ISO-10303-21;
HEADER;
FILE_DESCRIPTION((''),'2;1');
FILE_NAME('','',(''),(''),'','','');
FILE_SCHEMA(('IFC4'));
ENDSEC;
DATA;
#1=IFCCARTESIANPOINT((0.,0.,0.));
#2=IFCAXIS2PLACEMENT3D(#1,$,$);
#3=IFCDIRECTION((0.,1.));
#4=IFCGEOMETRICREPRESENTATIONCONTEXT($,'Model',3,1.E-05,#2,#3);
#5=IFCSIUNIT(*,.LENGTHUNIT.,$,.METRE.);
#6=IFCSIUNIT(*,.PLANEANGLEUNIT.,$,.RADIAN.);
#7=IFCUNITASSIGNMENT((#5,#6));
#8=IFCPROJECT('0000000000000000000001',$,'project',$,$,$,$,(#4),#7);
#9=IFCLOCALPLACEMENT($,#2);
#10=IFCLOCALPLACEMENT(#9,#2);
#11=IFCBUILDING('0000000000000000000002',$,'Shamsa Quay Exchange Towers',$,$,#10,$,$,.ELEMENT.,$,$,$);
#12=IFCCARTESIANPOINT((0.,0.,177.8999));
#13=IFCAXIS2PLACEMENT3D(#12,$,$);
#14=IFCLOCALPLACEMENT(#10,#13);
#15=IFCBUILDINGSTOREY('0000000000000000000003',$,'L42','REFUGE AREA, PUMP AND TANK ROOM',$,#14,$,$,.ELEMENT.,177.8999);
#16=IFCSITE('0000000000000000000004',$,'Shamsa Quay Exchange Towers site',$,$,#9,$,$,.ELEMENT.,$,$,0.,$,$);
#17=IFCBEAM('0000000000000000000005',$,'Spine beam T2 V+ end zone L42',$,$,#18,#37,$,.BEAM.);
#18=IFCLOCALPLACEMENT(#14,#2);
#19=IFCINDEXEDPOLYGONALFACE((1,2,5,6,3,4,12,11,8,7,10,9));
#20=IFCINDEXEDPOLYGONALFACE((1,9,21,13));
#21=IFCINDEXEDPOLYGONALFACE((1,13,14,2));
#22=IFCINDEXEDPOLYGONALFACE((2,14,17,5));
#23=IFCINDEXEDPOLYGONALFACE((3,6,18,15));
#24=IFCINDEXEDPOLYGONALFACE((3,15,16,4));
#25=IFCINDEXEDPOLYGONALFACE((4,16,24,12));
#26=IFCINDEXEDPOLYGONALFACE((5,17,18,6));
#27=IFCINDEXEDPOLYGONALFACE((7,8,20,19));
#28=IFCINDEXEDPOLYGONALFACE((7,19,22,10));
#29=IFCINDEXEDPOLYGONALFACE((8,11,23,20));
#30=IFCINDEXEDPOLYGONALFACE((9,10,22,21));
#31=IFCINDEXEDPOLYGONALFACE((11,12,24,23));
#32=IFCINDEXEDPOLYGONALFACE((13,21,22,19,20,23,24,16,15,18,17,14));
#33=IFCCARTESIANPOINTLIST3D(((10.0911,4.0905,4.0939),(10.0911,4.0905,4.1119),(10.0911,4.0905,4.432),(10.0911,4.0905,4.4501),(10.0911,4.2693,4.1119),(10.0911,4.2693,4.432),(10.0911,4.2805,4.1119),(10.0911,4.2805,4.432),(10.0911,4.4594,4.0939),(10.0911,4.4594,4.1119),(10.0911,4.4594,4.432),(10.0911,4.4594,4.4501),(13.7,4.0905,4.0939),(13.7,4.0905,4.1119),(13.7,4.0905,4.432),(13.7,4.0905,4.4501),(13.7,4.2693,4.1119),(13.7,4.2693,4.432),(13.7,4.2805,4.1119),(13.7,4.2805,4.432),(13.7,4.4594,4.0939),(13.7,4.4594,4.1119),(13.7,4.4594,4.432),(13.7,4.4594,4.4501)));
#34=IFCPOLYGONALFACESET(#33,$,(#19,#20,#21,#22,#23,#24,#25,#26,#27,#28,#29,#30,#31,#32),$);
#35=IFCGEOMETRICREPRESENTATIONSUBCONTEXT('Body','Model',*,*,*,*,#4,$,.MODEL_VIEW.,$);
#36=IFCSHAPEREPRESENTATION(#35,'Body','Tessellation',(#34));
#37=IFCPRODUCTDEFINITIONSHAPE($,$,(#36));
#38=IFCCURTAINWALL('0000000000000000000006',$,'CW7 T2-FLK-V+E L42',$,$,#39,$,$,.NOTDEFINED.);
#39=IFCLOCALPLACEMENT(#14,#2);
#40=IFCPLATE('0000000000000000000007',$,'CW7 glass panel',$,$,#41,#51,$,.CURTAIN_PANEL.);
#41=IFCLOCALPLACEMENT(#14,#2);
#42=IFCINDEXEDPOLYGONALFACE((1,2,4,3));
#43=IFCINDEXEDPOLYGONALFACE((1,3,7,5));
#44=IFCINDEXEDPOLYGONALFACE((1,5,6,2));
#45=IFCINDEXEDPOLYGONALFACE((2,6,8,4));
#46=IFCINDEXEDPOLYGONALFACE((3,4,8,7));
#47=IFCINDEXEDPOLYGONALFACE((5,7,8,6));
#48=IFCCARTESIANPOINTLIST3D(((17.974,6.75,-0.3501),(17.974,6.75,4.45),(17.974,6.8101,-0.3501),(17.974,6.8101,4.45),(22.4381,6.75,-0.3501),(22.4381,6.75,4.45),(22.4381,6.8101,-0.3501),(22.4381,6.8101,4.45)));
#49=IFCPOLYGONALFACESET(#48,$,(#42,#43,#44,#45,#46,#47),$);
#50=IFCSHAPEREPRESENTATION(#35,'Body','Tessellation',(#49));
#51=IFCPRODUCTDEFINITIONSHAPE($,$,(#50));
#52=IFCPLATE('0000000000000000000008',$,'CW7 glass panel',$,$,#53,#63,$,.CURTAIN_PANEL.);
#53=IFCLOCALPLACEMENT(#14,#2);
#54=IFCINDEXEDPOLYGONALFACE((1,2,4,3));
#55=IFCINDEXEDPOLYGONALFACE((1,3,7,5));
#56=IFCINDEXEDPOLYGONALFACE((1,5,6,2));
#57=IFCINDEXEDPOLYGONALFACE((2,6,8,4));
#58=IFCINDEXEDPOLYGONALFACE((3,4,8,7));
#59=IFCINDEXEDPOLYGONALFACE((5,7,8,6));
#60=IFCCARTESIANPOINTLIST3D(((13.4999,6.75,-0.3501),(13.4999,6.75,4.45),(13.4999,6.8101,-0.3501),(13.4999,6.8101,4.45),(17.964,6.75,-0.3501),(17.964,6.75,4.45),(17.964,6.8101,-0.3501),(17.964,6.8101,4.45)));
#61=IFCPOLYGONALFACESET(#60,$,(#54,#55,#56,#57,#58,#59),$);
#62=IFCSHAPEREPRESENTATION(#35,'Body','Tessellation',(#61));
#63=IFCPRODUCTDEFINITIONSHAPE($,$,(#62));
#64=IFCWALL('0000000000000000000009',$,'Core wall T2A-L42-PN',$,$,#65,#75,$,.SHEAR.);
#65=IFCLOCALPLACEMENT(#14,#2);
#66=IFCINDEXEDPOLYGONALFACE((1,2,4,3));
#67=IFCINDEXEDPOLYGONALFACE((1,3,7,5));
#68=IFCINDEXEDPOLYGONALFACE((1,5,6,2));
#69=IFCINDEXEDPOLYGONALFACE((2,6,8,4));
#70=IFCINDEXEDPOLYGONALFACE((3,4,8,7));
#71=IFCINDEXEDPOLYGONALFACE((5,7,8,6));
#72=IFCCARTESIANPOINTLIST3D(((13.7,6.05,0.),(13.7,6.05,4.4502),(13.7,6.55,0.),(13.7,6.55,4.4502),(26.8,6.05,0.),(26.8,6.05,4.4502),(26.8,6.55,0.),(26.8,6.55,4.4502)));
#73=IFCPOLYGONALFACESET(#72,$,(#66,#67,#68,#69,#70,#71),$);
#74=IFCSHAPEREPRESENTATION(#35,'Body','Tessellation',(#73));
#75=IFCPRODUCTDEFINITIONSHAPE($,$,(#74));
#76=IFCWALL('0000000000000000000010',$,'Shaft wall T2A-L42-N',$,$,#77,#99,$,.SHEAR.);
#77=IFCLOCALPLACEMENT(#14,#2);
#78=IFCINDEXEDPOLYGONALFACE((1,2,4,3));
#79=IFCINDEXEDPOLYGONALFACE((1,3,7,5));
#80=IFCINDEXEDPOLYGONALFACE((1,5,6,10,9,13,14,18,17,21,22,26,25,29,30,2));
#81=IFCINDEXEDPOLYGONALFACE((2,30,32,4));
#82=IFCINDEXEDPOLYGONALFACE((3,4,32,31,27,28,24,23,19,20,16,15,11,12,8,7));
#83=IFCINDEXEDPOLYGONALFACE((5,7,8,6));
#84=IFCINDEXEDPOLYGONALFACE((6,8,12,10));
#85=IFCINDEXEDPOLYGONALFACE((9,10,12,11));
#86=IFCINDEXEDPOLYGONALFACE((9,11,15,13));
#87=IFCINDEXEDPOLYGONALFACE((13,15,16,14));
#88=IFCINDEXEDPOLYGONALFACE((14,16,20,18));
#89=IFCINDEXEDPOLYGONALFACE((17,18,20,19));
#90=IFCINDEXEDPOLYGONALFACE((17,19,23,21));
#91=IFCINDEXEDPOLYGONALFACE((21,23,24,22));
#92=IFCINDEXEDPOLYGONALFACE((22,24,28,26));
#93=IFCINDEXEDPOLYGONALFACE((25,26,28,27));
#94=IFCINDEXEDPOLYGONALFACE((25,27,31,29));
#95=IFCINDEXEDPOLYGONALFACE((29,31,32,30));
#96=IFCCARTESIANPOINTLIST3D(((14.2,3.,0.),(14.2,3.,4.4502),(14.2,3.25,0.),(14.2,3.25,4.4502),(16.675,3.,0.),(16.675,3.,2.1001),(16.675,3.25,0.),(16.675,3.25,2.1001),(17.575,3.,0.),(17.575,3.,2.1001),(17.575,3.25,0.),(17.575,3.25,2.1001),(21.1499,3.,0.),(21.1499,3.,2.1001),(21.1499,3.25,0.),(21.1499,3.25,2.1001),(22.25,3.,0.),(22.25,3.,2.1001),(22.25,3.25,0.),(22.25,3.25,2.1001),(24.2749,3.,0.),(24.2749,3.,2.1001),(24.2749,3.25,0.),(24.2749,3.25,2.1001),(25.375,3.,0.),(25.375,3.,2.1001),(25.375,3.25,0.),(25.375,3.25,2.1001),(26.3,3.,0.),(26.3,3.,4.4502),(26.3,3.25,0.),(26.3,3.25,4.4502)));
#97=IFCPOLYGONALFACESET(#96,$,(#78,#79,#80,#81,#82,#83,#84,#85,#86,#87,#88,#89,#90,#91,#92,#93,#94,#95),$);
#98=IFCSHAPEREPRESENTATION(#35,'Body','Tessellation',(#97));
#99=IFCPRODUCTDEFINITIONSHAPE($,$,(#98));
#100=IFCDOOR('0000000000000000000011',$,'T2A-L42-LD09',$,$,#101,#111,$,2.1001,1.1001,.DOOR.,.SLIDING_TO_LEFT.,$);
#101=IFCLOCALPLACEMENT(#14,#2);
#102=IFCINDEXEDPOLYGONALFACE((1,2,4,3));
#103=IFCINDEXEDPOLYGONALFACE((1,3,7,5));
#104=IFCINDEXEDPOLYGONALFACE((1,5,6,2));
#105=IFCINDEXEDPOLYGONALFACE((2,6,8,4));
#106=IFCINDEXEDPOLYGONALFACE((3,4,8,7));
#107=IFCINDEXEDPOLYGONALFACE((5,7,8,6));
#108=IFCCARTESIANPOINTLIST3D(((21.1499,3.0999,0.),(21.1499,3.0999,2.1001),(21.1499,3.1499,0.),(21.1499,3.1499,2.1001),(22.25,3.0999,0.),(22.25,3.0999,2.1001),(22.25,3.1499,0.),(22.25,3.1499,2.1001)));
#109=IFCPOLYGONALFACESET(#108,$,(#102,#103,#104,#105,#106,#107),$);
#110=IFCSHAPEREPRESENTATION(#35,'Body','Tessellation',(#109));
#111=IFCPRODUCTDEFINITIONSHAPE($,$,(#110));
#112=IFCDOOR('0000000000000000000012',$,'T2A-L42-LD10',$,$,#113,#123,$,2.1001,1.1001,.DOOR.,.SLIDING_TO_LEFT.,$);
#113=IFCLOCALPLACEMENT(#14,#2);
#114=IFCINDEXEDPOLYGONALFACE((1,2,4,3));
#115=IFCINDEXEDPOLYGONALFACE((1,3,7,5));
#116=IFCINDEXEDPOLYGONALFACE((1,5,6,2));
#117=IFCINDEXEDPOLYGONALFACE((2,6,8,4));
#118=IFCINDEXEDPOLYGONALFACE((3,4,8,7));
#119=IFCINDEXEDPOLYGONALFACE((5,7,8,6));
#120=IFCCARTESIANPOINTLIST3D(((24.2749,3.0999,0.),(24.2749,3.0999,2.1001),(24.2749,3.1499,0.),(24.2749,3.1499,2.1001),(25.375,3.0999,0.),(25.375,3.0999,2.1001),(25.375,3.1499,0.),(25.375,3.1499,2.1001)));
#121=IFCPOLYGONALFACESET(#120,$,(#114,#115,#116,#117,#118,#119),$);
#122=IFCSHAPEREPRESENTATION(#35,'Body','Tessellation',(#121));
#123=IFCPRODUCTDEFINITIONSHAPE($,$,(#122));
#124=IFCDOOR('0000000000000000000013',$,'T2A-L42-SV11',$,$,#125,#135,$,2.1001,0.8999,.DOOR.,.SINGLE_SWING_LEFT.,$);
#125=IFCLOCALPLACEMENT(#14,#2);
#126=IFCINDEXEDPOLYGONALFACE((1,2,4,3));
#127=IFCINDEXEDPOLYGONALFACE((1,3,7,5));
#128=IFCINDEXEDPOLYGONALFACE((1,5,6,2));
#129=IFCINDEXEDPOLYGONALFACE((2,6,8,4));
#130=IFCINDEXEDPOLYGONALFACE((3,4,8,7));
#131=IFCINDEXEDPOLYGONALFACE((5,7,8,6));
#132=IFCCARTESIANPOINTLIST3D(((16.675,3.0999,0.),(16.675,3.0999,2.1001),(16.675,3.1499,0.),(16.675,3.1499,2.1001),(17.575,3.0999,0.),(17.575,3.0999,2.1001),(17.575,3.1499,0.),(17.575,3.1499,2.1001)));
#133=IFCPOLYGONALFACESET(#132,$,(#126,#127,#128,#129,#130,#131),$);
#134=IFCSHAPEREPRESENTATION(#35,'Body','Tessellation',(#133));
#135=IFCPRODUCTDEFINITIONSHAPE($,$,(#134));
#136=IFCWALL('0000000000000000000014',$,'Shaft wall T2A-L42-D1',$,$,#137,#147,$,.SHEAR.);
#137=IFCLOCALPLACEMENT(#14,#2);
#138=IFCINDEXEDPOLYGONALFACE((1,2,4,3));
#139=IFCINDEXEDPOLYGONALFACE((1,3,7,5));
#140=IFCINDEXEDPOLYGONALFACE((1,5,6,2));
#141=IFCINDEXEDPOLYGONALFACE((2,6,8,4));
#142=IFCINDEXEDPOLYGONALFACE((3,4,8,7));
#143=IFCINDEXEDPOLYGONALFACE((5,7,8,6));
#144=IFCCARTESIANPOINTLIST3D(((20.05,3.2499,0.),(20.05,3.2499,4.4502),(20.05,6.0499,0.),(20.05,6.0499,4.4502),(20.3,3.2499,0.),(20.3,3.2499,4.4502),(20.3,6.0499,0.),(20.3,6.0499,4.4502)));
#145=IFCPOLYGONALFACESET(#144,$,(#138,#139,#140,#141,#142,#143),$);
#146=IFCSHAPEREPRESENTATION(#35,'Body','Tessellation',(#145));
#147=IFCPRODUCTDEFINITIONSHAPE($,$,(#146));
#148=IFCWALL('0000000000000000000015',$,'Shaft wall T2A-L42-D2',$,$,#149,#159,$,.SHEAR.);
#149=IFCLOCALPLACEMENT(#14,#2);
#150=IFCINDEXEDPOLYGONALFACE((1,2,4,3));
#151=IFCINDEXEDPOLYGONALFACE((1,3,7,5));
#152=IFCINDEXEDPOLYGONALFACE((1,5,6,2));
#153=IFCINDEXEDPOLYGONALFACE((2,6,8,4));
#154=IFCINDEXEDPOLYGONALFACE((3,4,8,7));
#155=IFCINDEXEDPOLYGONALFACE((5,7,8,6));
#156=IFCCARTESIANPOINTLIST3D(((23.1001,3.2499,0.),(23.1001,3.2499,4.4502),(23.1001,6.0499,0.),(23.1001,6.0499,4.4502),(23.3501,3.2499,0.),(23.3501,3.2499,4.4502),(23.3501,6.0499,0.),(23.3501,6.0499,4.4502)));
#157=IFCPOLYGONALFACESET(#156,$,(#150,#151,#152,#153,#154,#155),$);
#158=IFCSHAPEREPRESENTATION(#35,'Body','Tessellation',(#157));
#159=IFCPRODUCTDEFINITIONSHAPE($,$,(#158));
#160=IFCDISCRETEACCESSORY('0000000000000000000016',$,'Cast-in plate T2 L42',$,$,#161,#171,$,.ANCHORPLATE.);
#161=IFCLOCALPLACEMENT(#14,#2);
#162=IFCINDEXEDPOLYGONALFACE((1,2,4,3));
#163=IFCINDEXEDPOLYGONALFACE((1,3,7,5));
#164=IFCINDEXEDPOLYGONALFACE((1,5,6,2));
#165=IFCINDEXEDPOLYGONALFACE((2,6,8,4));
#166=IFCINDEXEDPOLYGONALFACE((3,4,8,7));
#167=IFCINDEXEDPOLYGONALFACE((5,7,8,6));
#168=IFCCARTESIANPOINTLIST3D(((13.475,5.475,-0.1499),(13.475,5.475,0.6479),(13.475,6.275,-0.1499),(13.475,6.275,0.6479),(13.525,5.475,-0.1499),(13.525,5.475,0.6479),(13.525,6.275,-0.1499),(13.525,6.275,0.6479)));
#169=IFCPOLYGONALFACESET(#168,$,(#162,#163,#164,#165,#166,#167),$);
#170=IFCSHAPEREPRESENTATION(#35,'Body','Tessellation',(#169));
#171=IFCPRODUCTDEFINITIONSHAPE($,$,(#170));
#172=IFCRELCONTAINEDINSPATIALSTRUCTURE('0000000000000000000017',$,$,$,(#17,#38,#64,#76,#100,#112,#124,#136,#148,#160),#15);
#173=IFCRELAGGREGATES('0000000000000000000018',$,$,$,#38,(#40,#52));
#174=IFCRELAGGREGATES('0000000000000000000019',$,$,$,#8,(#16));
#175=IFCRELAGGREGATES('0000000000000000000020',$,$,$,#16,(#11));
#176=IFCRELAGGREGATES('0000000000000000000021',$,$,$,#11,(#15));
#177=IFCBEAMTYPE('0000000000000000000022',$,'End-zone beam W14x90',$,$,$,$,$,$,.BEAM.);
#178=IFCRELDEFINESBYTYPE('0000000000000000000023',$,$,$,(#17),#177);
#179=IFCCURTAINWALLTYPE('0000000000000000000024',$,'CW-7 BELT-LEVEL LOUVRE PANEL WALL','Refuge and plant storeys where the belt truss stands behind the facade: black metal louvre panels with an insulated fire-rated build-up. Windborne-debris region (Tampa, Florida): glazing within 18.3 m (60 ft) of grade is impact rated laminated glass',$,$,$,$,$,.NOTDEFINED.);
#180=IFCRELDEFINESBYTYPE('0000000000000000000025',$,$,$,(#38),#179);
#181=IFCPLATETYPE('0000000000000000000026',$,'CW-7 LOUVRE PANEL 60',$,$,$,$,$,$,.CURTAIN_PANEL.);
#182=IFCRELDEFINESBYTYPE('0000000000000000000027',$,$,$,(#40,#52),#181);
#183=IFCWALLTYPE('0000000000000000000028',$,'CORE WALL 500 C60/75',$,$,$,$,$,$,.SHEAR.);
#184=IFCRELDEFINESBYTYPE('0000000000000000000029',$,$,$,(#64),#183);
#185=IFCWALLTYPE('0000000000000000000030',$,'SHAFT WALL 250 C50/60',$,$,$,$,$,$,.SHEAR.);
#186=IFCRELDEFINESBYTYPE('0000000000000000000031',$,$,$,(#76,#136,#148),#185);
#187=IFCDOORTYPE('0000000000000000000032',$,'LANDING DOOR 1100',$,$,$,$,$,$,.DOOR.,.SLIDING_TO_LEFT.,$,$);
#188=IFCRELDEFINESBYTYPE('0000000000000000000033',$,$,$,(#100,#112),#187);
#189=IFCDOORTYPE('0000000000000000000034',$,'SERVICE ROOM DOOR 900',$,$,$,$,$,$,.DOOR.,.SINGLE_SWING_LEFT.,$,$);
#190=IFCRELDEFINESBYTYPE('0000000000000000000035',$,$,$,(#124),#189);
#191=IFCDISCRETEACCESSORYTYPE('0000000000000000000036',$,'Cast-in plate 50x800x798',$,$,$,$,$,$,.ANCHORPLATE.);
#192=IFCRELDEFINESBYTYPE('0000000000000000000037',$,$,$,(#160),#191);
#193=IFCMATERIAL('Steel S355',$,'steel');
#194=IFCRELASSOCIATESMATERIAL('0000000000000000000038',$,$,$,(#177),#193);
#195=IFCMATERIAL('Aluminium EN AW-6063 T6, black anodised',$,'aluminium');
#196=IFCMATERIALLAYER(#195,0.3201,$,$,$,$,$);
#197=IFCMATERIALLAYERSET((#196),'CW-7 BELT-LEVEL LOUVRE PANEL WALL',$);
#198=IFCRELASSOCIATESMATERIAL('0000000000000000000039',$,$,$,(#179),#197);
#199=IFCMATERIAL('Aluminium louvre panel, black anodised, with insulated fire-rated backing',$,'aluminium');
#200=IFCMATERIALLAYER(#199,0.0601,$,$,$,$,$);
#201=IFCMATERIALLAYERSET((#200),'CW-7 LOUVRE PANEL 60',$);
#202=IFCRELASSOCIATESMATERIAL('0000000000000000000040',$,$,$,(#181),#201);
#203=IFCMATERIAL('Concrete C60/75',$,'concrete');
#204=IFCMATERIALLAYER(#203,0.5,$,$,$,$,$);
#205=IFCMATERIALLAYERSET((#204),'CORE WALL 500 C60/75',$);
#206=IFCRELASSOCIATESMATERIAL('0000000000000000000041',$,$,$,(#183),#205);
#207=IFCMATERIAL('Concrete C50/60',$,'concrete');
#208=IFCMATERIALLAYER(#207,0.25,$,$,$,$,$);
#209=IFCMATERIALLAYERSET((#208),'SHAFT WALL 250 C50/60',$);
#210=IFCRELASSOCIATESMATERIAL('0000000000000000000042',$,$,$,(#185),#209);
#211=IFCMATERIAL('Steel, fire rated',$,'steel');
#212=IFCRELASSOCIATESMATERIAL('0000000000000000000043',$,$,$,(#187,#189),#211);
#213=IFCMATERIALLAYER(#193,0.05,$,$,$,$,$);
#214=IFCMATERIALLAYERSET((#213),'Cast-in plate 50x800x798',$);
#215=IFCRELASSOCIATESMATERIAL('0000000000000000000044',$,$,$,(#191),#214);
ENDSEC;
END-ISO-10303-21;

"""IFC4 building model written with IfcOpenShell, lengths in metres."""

from ifc_helpers import new_model, si_unit, direction, frame, frame_2d, origin, origin_2d, place, context, subcontext, project, spatial, rectangle, i_section, extrude, material, layer, layer_set, material_profile, profile_set, type_object, element, fill, aggregate, save


model = new_model("IFC4")

# Units and contexts
model_context = context("Model", 3, precision=1e-05, world=origin(), true_north=direction((0.0, 1.0)))
body_context = subcontext(model_context, "Body", "Model", "MODEL_VIEW")
ifc_project = project(units=[si_unit("LENGTHUNIT", "METRE"), si_unit("PLANEANGLEUNIT", "RADIAN")], contexts=[model_context])

# Site, building, storey
site_placement = place(None, origin())
site = spatial("IfcSite", under=ifc_project, at=site_placement, Name="Shamsa Quay Exchange Towers site", CompositionType="ELEMENT", RefElevation=0.0)
building_placement = place(site_placement, origin())
building = spatial("IfcBuilding", under=site, at=building_placement, Name="Shamsa Quay Exchange Towers", CompositionType="ELEMENT")
storey_placement = place(building_placement, frame((0.0, 0.0, 177.8999)))
storey = spatial("IfcBuildingStorey", under=building, at=storey_placement, Name="L42", Description="REFUGE AREA, PUMP AND TANK ROOM", CompositionType="ELEMENT", Elevation=177.8999)

# Beam
ifc_material_1 = material(Name="Steel S355", Category="steel")
ifc_material_profile = material_profile(ifc_material_1, i_section(OverallWidth=0.3689, OverallDepth=0.3562, WebThickness=0.0112, FlangeThickness=0.0181, at=origin_2d()), Name="W14x90")
ifc_profile_set = profile_set([ifc_material_profile], Name="Steel S355")
beam_type = type_object("IfcBeamType", Name="End-zone beam W14x90", PredefinedType="BEAM", material=ifc_profile_set)
beam_placement = place(storey_placement, frame((13.7, 4.2749, 4.272), z_axis=(-1.0, 0.0, 0.0), x_axis=(0.0, -1.0, 0.0)))
element("IfcBeam", 1, at=beam_placement, inside=storey, type_object=beam_type, Name="Spine beam T2 V+ end zone L42", PredefinedType="BEAM", context=body_context, shape_type="SweptSolid", body=[
    extrude(i_section(OverallWidth=0.3689, OverallDepth=0.3562, WebThickness=0.0112, FlangeThickness=0.0181, at=origin_2d()), origin(), (0.0, 0.0, 1.0), 3.6089),
])

# Curtain wall, plates
ifc_material_2 = material(Name="Aluminium EN AW-6063 T6, black anodised", Category="aluminium")
ifc_layer_1 = layer(ifc_material_2, 0.3201)
ifc_layer_set_1 = layer_set([ifc_layer_1], Name="CW-7 BELT-LEVEL LOUVRE PANEL WALL")
curtain_wall_type = type_object("IfcCurtainWallType", Name="CW-7 BELT-LEVEL LOUVRE PANEL WALL", Description="Refuge and plant storeys where the belt truss stands behind the facade: black metal louvre panels with an insulated fire-rated build-up. Windborne-debris region (Tampa, Florida): glazing within 18.3 m (60 ft) of grade is impact rated laminated glass", PredefinedType="NOTDEFINED", material=ifc_layer_set_1)
curtain_wall_placement = place(storey_placement, origin())
curtain_wall = element("IfcCurtainWall", 2, at=curtain_wall_placement, inside=storey, type_object=curtain_wall_type, Name="CW7 T2-FLK-V+E L42", PredefinedType="NOTDEFINED")
ifc_material_3 = material(Name="Aluminium louvre panel, black anodised, with insulated fire-rated backing", Category="aluminium")
ifc_layer_2 = layer(ifc_material_3, 0.0601)
ifc_layer_set_2 = layer_set([ifc_layer_2], Name="CW-7 LOUVRE PANEL 60")
plate_type = type_object("IfcPlateType", Name="CW-7 LOUVRE PANEL 60", PredefinedType="CURTAIN_PANEL", material=ifc_layer_set_2)
plate_1_placement = place(storey_placement, frame((20.2061, 6.78, -0.3501), z_axis=(0.0, 0.0, 1.0), x_axis=(-1.0, 0.0, 0.0)))
plate_1 = element("IfcPlate", 3, at=plate_1_placement, type_object=plate_type, Name="CW7 glass panel", PredefinedType="CURTAIN_PANEL", context=body_context, shape_type="SweptSolid", body=[
    extrude(rectangle(XDim=4.4641, YDim=0.0601, at=origin_2d()), origin(), (0.0, 0.0, 1.0), 4.8),
])
plate_2_placement = place(storey_placement, frame((15.7319, 6.78, -0.3501), z_axis=(0.0, 0.0, 1.0), x_axis=(-1.0, 0.0, 0.0)))
plate_2 = element("IfcPlate", 4, at=plate_2_placement, type_object=plate_type, Name="CW7 glass panel", PredefinedType="CURTAIN_PANEL", context=body_context, shape_type="SweptSolid", body=[
    extrude(rectangle(XDim=4.4641, YDim=0.0601, at=origin_2d()), origin(), (0.0, 0.0, 1.0), 4.8),
])
aggregate(curtain_wall, [plate_1, plate_2])

# Wall
ifc_material_4 = material(Name="Concrete C60/75", Category="concrete")
ifc_layer_3 = layer(ifc_material_4, 0.5)
ifc_layer_set_3 = layer_set([ifc_layer_3], Name="CORE WALL 500 C60/75")
wall_type_1 = type_object("IfcWallType", Name="CORE WALL 500 C60/75", PredefinedType="SHEAR", material=ifc_layer_set_3)
wall_1_placement = place(storey_placement, frame((13.7, 6.3, 0.0)))
element("IfcWall", 5, at=wall_1_placement, inside=storey, type_object=wall_type_1, Name="Core wall T2A-L42-PN", PredefinedType="SHEAR", context=body_context, shape_type="SweptSolid", body=[
    extrude(rectangle(XDim=13.1001, YDim=0.5, at=frame_2d((6.55, 0.0))), origin(), (0.0, 0.0, 1.0), 4.4502),
])

# Wall, openings, doors
ifc_material_5 = material(Name="Steel, fire rated", Category="steel")
ifc_material_6 = material(Name="Concrete C50/60", Category="concrete")
ifc_layer_4 = layer(ifc_material_6, 0.25)
ifc_layer_set_4 = layer_set([ifc_layer_4], Name="SHAFT WALL 250 C50/60")
wall_type_2 = type_object("IfcWallType", Name="SHAFT WALL 250 C50/60", PredefinedType="SHEAR", material=ifc_layer_set_4)
wall_2_placement = place(storey_placement, frame((14.2, 3.125, 0.0)))
wall_2 = element("IfcWall", 6, at=wall_2_placement, inside=storey, type_object=wall_type_2, Name="Shaft wall T2A-L42-N", PredefinedType="SHEAR", context=body_context, shape_type="SweptSolid", body=[
    extrude(rectangle(XDim=12.1001, YDim=0.25, at=frame_2d((6.05, 0.0))), origin(), (0.0, 0.0, 1.0), 4.4502),
])
opening_1_placement = place(wall_2_placement, frame((6.95, 0.0, 0.0)))
opening_1 = element("IfcOpeningElement", 7, at=opening_1_placement, cuts=wall_2, PredefinedType="OPENING", context=body_context, shape_type="SweptSolid", body=[
    extrude(rectangle(XDim=1.1001, YDim=2.1001, at=frame_2d((0.55, 1.05))), frame((0.0, 0.135, 0.0), z_axis=(0.0, -1.0, 0.0), x_axis=(1.0, 0.0, 0.0)), (0.0, 0.0, 1.0), 0.27),
])
opening_2_placement = place(wall_2_placement, frame((10.075, 0.0, 0.0)))
opening_2 = element("IfcOpeningElement", 8, at=opening_2_placement, cuts=wall_2, PredefinedType="OPENING", context=body_context, shape_type="SweptSolid", body=[
    extrude(rectangle(XDim=1.1001, YDim=2.1001, at=frame_2d((0.55, 1.05))), frame((0.0, 0.135, 0.0), z_axis=(0.0, -1.0, 0.0), x_axis=(1.0, 0.0, 0.0)), (0.0, 0.0, 1.0), 0.27),
])
opening_3_placement = place(wall_2_placement, frame((2.4751, 0.0, 0.0)))
opening_3 = element("IfcOpeningElement", 9, at=opening_3_placement, cuts=wall_2, PredefinedType="OPENING", context=body_context, shape_type="SweptSolid", body=[
    extrude(rectangle(XDim=0.8999, YDim=2.1001, at=frame_2d((0.45, 1.05))), frame((0.0, 0.135, 0.0), z_axis=(0.0, -1.0, 0.0), x_axis=(1.0, 0.0, 0.0)), (0.0, 0.0, 1.0), 0.27),
])
door_type_1 = type_object("IfcDoorType", Name="LANDING DOOR 1100", OperationType="SLIDING_TO_LEFT", PredefinedType="DOOR", material=ifc_material_5)
door_1_placement = place(opening_1_placement, origin())
door_1 = element("IfcDoor", 10, at=door_1_placement, inside=storey, type_object=door_type_1, Name="T2A-L42-LD09", OperationType="SLIDING_TO_LEFT", OverallHeight=2.1001, OverallWidth=1.1001, PredefinedType="DOOR", context=body_context, shape_type="SweptSolid", body=[
    extrude(rectangle(XDim=1.1001, YDim=2.1001, at=frame_2d((0.55, 1.05))), frame((0.0, 0.0249, 0.0), z_axis=(0.0, -1.0, 0.0), x_axis=(1.0, 0.0, 0.0)), (0.0, 0.0, 1.0), 0.05),
])
fill(opening_1, door_1)
door_2_placement = place(opening_2_placement, origin())
door_2 = element("IfcDoor", 11, at=door_2_placement, inside=storey, type_object=door_type_1, Name="T2A-L42-LD10", OperationType="SLIDING_TO_LEFT", OverallHeight=2.1001, OverallWidth=1.1001, PredefinedType="DOOR", context=body_context, shape_type="SweptSolid", body=[
    extrude(rectangle(XDim=1.1001, YDim=2.1001, at=frame_2d((0.55, 1.05))), frame((0.0, 0.0249, 0.0), z_axis=(0.0, -1.0, 0.0), x_axis=(1.0, 0.0, 0.0)), (0.0, 0.0, 1.0), 0.05),
])
fill(opening_2, door_2)
door_type_2 = type_object("IfcDoorType", Name="SERVICE ROOM DOOR 900", OperationType="SINGLE_SWING_LEFT", PredefinedType="DOOR", material=ifc_material_5)
door_3_placement = place(opening_3_placement, origin())
door_3 = element("IfcDoor", 12, at=door_3_placement, inside=storey, type_object=door_type_2, Name="T2A-L42-SV11", OperationType="SINGLE_SWING_LEFT", OverallHeight=2.1001, OverallWidth=0.8999, PredefinedType="DOOR", context=body_context, shape_type="SweptSolid", body=[
    extrude(rectangle(XDim=0.8999, YDim=2.1001, at=frame_2d((0.45, 1.05))), frame((0.0, 0.0249, 0.0), z_axis=(0.0, -1.0, 0.0), x_axis=(1.0, 0.0, 0.0)), (0.0, 0.0, 1.0), 0.05),
])
fill(opening_3, door_3)

# Walls
for number, where, z_axis, x_axis, name in (
    (13, (20.175, 3.25, 0.0), (0.0, 0.0, 1.0), (0.0, 1.0, 0.0), "Shaft wall T2A-L42-D1"),
    (14, (23.2251, 3.25, 0.0), (0.0, 0.0, 1.0), (0.0, 1.0, 0.0), "Shaft wall T2A-L42-D2"),
):
    element("IfcWall", number, at=place(storey_placement, frame(where, z_axis=z_axis, x_axis=x_axis)), inside=storey, type_object=wall_type_2, Name=name, PredefinedType="SHEAR", context=body_context, shape_type="SweptSolid", body=[
        extrude(rectangle(XDim=2.8, YDim=0.25, at=frame_2d((1.3999, 0.0))), origin(), (0.0, 0.0, 1.0), 4.4502),
    ])

# Discrete accessory
ifc_layer_5 = layer(ifc_material_1, 0.05)
ifc_layer_set_5 = layer_set([ifc_layer_5], Name="Cast-in plate 50x800x798")
discrete_accessory_type = type_object("IfcDiscreteAccessoryType", Name="Cast-in plate 50x800x798", PredefinedType="ANCHORPLATE", material=ifc_layer_set_5)
discrete_accessory_placement = place(storey_placement, frame((13.5, 5.875, -0.1499)))
element("IfcDiscreteAccessory", 15, at=discrete_accessory_placement, inside=storey, type_object=discrete_accessory_type, Name="Cast-in plate T2 L42", PredefinedType="ANCHORPLATE", context=body_context, shape_type="SweptSolid", body=[
    extrude(rectangle(XDim=0.05, YDim=0.8, at=origin_2d()), origin(), (0.0, 0.0, 1.0), 0.7979),
])

save(model, "model.ifc")
